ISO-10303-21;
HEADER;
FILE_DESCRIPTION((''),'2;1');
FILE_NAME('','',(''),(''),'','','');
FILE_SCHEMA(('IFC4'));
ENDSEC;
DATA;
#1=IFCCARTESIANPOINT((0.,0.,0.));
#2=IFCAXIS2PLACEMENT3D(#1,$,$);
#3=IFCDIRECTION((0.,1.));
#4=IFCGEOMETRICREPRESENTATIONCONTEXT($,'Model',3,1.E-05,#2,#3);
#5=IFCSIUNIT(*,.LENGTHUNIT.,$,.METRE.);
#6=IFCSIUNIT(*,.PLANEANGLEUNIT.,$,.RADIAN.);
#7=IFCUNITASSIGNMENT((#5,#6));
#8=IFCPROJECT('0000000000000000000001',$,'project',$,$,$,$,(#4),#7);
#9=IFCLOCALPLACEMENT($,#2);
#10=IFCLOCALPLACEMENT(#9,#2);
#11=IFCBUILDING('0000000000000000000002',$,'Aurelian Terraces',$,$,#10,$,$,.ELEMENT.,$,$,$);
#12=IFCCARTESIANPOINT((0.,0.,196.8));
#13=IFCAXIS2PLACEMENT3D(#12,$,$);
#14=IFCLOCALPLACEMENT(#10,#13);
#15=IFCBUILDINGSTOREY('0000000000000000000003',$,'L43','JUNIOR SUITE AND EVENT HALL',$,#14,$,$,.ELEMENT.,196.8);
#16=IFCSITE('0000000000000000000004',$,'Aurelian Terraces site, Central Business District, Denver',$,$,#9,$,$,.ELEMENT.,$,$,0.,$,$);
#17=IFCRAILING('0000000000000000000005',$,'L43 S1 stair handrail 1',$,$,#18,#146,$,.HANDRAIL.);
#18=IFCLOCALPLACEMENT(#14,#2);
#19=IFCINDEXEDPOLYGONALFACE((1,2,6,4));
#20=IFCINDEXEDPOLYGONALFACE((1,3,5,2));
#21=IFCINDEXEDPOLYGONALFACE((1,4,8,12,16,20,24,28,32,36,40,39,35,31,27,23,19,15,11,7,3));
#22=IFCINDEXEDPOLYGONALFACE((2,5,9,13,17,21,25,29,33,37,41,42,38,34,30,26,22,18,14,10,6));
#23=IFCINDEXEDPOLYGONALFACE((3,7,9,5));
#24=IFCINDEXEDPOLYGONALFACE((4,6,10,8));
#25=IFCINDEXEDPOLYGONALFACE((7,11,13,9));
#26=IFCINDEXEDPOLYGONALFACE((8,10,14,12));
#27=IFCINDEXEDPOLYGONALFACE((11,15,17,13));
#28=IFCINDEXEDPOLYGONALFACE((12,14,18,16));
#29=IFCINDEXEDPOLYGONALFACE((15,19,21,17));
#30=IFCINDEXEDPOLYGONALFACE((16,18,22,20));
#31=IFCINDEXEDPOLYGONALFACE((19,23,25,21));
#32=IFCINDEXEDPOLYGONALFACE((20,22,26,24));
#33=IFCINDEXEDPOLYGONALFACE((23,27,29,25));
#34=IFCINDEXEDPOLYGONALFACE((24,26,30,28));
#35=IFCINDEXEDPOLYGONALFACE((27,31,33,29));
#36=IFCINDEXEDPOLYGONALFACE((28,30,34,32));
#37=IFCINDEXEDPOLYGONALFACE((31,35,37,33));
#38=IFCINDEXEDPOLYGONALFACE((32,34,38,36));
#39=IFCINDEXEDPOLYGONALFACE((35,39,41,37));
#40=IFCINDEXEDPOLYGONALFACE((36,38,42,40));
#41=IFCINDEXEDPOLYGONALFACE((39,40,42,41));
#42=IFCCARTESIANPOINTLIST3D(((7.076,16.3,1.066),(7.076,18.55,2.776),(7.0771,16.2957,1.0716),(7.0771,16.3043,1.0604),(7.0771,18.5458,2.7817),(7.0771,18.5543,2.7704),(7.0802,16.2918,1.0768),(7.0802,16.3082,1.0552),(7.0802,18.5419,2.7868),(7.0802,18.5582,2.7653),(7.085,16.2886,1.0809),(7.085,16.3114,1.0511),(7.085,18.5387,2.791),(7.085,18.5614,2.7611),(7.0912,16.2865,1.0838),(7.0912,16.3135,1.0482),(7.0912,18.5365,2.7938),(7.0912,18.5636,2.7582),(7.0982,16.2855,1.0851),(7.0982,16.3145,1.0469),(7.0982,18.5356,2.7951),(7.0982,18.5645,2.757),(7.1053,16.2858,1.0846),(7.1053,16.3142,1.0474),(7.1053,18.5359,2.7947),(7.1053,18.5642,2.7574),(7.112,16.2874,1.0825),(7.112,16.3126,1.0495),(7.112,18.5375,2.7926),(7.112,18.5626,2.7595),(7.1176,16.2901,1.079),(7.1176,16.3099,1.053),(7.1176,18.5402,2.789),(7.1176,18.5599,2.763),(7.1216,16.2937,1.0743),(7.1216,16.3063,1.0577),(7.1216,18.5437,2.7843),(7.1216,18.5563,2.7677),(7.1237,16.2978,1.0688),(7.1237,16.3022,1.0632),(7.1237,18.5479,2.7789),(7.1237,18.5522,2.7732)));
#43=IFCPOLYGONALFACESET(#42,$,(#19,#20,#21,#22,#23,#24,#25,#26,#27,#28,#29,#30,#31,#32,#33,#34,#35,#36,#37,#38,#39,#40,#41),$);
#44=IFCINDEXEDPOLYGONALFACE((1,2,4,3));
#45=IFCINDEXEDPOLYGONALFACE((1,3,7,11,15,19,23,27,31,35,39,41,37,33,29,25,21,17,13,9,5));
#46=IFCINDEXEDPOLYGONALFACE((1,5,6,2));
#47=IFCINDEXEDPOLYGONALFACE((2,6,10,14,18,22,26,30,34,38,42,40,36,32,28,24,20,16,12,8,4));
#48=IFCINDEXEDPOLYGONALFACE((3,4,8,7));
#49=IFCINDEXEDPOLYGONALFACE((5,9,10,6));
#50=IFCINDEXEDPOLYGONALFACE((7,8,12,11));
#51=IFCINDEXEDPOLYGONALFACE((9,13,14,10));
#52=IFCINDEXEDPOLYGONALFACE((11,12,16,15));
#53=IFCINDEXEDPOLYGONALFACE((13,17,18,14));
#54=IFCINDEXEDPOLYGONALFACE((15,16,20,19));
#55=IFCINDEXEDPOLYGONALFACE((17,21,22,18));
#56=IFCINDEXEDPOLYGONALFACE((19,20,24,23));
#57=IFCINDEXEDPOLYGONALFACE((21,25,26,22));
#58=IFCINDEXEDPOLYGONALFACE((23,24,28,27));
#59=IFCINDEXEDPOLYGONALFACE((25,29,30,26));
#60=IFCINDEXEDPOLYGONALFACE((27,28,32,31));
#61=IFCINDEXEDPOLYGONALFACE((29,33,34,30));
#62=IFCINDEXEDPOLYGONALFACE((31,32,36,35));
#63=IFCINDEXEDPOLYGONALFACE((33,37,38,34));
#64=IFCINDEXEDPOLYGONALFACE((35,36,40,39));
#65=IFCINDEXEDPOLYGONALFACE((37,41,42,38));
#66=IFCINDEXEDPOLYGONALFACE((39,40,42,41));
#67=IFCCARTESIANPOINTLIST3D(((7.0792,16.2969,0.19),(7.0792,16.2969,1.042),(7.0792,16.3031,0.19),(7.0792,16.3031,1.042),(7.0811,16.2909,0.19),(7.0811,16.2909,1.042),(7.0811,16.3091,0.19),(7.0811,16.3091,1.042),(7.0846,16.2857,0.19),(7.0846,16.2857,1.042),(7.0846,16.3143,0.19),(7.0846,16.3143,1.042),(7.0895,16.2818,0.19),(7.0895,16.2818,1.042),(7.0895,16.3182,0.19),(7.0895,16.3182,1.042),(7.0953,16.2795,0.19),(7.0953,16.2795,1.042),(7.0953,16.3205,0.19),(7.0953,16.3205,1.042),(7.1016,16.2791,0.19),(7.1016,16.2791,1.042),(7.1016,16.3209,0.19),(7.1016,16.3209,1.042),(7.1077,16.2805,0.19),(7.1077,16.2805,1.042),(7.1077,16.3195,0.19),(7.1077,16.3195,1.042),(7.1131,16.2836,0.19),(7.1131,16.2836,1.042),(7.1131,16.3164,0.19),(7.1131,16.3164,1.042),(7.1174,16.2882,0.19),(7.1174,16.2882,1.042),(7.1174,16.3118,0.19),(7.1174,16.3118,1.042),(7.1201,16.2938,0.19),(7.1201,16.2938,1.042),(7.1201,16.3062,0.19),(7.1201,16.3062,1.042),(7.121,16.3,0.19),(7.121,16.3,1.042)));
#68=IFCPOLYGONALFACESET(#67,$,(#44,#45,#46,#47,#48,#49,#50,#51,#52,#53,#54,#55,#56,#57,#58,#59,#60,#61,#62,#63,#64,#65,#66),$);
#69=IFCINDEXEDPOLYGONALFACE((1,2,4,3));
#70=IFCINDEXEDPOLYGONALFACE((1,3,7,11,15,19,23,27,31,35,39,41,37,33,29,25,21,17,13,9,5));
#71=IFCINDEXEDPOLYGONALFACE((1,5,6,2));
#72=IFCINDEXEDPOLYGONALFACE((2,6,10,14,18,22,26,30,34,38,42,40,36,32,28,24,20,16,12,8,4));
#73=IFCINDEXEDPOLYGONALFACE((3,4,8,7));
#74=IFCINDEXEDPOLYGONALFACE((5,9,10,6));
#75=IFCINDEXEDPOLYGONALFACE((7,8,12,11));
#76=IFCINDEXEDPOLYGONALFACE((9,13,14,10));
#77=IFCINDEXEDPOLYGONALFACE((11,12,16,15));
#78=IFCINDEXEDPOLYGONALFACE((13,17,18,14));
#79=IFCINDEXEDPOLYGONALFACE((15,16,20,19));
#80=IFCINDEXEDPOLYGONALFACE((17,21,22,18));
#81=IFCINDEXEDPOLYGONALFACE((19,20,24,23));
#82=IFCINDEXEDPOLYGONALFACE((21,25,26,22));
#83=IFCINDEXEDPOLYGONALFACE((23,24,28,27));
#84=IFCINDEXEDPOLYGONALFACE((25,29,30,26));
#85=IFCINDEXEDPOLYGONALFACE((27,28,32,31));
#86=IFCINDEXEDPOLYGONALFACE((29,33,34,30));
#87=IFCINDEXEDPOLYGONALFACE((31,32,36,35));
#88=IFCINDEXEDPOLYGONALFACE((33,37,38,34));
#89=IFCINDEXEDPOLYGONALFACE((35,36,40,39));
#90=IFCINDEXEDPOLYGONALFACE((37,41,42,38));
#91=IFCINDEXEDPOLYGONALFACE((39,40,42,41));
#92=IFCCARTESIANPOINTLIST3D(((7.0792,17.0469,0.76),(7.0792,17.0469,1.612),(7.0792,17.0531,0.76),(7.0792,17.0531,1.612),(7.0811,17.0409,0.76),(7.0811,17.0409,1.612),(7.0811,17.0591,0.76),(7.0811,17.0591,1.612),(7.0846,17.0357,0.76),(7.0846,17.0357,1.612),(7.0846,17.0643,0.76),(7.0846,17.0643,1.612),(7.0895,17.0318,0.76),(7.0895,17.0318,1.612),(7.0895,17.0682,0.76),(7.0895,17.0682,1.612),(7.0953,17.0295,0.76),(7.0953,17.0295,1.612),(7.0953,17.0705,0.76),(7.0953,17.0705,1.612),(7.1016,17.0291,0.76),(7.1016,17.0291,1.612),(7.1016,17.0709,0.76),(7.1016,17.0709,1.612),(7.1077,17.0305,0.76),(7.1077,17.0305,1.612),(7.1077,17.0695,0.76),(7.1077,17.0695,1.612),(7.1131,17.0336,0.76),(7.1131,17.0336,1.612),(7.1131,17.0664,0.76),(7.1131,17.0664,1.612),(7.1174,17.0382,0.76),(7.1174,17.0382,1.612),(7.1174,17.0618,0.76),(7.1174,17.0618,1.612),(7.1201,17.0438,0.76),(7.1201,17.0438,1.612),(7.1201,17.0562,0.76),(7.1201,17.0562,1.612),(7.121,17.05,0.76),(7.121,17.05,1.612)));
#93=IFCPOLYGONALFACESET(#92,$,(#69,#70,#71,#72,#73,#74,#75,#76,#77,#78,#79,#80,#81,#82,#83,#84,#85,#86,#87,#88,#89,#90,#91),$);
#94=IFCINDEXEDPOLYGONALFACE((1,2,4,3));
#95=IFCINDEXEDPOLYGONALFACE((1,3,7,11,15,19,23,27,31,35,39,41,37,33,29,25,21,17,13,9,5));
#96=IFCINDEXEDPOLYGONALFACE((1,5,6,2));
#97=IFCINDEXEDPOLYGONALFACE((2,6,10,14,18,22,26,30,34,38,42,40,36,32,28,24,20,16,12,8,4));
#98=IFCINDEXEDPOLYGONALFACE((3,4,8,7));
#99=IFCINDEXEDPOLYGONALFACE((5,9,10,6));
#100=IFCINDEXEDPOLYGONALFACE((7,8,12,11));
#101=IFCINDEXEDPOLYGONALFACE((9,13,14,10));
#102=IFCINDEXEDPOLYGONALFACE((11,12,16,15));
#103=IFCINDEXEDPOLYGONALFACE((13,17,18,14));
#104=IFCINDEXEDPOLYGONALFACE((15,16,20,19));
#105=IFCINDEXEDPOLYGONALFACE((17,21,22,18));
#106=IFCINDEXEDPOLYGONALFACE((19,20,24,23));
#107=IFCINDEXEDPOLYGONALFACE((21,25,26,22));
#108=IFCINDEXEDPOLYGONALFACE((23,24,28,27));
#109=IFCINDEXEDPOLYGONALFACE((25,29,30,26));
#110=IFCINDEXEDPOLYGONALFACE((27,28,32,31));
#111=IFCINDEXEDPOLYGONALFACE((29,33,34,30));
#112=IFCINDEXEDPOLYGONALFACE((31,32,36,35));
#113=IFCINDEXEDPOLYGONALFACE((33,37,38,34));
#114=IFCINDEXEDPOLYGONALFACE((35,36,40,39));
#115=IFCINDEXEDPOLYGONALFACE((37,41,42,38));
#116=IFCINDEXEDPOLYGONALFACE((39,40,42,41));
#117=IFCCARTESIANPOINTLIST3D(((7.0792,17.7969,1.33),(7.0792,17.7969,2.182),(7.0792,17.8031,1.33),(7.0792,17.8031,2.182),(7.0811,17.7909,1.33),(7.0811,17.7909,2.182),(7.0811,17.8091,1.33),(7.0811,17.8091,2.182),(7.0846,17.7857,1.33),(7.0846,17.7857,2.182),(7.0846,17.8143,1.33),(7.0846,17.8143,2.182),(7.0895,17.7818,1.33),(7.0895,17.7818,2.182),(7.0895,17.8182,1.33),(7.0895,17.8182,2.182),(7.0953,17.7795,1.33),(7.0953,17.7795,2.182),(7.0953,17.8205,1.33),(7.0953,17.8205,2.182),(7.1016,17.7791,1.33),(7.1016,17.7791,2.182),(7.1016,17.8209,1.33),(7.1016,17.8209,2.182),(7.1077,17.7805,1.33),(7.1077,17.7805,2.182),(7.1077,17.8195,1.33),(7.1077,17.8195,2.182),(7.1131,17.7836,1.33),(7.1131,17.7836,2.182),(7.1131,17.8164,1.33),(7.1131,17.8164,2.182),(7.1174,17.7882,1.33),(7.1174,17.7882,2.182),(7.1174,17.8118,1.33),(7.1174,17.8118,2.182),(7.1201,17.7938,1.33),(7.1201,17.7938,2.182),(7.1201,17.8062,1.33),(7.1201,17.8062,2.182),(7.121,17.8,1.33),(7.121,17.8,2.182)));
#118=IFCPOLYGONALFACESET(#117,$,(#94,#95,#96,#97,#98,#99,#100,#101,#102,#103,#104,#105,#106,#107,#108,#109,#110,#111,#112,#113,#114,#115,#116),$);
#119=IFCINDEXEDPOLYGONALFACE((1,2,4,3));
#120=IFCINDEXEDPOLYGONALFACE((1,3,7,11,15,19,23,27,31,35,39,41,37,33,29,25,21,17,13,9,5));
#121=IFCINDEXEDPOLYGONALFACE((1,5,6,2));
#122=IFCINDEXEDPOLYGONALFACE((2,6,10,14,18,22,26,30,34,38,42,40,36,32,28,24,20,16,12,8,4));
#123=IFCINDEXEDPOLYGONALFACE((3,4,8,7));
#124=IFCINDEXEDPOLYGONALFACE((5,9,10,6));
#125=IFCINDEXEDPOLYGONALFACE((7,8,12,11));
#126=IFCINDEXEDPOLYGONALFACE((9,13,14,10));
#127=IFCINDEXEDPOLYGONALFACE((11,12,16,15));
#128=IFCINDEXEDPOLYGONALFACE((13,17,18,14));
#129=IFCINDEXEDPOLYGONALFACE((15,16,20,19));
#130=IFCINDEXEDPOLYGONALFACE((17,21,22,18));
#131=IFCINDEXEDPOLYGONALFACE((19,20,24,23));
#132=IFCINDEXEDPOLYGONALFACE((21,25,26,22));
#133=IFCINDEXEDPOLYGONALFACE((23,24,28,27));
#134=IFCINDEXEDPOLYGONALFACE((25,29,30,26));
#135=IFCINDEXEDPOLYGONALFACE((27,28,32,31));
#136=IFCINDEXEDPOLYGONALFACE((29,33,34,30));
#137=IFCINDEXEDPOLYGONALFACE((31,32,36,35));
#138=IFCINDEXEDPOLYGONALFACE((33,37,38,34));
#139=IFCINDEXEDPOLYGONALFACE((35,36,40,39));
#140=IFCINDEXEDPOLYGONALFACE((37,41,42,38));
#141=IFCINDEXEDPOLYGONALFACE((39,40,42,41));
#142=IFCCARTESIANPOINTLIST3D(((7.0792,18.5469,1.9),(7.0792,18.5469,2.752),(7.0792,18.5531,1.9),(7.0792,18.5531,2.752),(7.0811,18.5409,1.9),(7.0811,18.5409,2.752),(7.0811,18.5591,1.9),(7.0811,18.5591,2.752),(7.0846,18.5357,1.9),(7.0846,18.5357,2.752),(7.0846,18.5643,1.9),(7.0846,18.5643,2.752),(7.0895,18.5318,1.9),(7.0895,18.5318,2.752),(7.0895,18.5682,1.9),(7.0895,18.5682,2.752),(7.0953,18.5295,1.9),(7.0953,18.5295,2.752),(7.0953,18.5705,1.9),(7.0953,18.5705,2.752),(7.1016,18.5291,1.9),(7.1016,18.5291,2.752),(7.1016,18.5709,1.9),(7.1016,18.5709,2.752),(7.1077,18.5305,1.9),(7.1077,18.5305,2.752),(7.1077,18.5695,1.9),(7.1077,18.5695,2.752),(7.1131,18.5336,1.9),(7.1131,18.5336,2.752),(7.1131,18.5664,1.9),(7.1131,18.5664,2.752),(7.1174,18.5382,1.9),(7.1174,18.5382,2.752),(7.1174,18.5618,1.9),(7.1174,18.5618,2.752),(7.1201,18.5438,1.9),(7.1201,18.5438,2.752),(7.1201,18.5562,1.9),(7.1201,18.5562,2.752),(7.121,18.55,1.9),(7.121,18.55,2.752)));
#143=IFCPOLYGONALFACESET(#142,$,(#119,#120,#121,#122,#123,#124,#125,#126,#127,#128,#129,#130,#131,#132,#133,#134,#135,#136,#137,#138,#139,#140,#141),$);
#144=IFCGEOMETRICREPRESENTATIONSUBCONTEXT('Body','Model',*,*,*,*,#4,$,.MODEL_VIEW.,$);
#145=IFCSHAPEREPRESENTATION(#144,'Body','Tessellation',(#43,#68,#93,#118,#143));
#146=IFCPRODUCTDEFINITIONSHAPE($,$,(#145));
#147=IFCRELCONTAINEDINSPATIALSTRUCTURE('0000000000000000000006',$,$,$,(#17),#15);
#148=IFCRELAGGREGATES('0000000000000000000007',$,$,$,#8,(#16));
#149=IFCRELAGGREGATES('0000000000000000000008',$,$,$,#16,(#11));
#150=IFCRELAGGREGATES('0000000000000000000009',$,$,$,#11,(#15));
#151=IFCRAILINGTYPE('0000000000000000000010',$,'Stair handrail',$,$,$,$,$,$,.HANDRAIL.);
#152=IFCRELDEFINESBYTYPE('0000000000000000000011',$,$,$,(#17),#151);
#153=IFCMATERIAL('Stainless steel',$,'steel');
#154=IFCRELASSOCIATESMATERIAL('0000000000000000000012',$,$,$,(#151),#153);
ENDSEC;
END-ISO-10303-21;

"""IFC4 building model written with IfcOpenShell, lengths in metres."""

from ifc_helpers import new_model, si_unit, direction, frame, origin, origin_2d, place, context, subcontext, project, spatial, circle, extrude, source, transform, mapped, material, type_object, element, save


model = new_model("IFC4")

# Units and contexts
model_context = context("Model", 3, precision=1e-05, world=origin(), true_north=direction((0.0, 1.0)))
body_context = subcontext(model_context, "Body", "Model", "MODEL_VIEW")
ifc_project = project(units=[si_unit("LENGTHUNIT", "METRE"), si_unit("PLANEANGLEUNIT", "RADIAN")], contexts=[model_context])

# Site, building, storey
site_placement = place(None, origin())
site = spatial("IfcSite", under=ifc_project, at=site_placement, Name="Aurelian Terraces site, Central Business District, Denver", CompositionType="ELEMENT", RefElevation=0.0)
building_placement = place(site_placement, origin())
building = spatial("IfcBuilding", under=site, at=building_placement, Name="Aurelian Terraces", CompositionType="ELEMENT")
storey_placement = place(building_placement, frame((0.0, 0.0, 196.8)))
storey = spatial("IfcBuildingStorey", under=building, at=storey_placement, Name="L43", Description="JUNIOR SUITE AND EVENT HALL", CompositionType="ELEMENT", Elevation=196.8)

# Shared definitions
ifc_material_1 = material(Name="Stainless steel", Category="steel")

# Railing
railing_type_1 = type_object("IfcRailingType", Name="Stair handrail", PredefinedType="HANDRAIL", material=ifc_material_1)
shared_shape_1 = source(origin(), body_context, "Body", "SweptSolid", [
    extrude(circle(Radius=0.024, at=origin_2d()), frame((0.0, 0.0, 0.876), z_axis=(0.0, 0.796162, 0.605083), x_axis=(-1.0, 0.0, 0.0)), (0.0, 0.0, 1.0), 2.8261),
    extrude(circle(Radius=0.021, at=origin_2d()), origin(), (0.0, 0.0, 1.0), 0.852),
    extrude(circle(Radius=0.021, at=origin_2d()), frame((0.0, 0.75, 0.57)), (0.0, 0.0, 1.0), 0.852),
    extrude(circle(Radius=0.021, at=origin_2d()), frame((0.0, 1.5, 1.14)), (0.0, 0.0, 1.0), 0.852),
    extrude(circle(Radius=0.021, at=origin_2d()), frame((0.0, 2.25, 1.71)), (0.0, 0.0, 1.0), 0.852),
])
railing_1_placement = place(storey_placement, frame((7.1, 16.3, 0.19)))
element("IfcRailing", 1, at=railing_1_placement, inside=storey, type_object=railing_type_1, Name="L43 S1 stair handrail 1", PredefinedType="HANDRAIL", context=body_context, shape_type="MappedRepresentation", body=[
    mapped(shared_shape_1, transform((0.0, 0.0, 0.0), scale=1.0)),
])

save(model, "model.ifc")
